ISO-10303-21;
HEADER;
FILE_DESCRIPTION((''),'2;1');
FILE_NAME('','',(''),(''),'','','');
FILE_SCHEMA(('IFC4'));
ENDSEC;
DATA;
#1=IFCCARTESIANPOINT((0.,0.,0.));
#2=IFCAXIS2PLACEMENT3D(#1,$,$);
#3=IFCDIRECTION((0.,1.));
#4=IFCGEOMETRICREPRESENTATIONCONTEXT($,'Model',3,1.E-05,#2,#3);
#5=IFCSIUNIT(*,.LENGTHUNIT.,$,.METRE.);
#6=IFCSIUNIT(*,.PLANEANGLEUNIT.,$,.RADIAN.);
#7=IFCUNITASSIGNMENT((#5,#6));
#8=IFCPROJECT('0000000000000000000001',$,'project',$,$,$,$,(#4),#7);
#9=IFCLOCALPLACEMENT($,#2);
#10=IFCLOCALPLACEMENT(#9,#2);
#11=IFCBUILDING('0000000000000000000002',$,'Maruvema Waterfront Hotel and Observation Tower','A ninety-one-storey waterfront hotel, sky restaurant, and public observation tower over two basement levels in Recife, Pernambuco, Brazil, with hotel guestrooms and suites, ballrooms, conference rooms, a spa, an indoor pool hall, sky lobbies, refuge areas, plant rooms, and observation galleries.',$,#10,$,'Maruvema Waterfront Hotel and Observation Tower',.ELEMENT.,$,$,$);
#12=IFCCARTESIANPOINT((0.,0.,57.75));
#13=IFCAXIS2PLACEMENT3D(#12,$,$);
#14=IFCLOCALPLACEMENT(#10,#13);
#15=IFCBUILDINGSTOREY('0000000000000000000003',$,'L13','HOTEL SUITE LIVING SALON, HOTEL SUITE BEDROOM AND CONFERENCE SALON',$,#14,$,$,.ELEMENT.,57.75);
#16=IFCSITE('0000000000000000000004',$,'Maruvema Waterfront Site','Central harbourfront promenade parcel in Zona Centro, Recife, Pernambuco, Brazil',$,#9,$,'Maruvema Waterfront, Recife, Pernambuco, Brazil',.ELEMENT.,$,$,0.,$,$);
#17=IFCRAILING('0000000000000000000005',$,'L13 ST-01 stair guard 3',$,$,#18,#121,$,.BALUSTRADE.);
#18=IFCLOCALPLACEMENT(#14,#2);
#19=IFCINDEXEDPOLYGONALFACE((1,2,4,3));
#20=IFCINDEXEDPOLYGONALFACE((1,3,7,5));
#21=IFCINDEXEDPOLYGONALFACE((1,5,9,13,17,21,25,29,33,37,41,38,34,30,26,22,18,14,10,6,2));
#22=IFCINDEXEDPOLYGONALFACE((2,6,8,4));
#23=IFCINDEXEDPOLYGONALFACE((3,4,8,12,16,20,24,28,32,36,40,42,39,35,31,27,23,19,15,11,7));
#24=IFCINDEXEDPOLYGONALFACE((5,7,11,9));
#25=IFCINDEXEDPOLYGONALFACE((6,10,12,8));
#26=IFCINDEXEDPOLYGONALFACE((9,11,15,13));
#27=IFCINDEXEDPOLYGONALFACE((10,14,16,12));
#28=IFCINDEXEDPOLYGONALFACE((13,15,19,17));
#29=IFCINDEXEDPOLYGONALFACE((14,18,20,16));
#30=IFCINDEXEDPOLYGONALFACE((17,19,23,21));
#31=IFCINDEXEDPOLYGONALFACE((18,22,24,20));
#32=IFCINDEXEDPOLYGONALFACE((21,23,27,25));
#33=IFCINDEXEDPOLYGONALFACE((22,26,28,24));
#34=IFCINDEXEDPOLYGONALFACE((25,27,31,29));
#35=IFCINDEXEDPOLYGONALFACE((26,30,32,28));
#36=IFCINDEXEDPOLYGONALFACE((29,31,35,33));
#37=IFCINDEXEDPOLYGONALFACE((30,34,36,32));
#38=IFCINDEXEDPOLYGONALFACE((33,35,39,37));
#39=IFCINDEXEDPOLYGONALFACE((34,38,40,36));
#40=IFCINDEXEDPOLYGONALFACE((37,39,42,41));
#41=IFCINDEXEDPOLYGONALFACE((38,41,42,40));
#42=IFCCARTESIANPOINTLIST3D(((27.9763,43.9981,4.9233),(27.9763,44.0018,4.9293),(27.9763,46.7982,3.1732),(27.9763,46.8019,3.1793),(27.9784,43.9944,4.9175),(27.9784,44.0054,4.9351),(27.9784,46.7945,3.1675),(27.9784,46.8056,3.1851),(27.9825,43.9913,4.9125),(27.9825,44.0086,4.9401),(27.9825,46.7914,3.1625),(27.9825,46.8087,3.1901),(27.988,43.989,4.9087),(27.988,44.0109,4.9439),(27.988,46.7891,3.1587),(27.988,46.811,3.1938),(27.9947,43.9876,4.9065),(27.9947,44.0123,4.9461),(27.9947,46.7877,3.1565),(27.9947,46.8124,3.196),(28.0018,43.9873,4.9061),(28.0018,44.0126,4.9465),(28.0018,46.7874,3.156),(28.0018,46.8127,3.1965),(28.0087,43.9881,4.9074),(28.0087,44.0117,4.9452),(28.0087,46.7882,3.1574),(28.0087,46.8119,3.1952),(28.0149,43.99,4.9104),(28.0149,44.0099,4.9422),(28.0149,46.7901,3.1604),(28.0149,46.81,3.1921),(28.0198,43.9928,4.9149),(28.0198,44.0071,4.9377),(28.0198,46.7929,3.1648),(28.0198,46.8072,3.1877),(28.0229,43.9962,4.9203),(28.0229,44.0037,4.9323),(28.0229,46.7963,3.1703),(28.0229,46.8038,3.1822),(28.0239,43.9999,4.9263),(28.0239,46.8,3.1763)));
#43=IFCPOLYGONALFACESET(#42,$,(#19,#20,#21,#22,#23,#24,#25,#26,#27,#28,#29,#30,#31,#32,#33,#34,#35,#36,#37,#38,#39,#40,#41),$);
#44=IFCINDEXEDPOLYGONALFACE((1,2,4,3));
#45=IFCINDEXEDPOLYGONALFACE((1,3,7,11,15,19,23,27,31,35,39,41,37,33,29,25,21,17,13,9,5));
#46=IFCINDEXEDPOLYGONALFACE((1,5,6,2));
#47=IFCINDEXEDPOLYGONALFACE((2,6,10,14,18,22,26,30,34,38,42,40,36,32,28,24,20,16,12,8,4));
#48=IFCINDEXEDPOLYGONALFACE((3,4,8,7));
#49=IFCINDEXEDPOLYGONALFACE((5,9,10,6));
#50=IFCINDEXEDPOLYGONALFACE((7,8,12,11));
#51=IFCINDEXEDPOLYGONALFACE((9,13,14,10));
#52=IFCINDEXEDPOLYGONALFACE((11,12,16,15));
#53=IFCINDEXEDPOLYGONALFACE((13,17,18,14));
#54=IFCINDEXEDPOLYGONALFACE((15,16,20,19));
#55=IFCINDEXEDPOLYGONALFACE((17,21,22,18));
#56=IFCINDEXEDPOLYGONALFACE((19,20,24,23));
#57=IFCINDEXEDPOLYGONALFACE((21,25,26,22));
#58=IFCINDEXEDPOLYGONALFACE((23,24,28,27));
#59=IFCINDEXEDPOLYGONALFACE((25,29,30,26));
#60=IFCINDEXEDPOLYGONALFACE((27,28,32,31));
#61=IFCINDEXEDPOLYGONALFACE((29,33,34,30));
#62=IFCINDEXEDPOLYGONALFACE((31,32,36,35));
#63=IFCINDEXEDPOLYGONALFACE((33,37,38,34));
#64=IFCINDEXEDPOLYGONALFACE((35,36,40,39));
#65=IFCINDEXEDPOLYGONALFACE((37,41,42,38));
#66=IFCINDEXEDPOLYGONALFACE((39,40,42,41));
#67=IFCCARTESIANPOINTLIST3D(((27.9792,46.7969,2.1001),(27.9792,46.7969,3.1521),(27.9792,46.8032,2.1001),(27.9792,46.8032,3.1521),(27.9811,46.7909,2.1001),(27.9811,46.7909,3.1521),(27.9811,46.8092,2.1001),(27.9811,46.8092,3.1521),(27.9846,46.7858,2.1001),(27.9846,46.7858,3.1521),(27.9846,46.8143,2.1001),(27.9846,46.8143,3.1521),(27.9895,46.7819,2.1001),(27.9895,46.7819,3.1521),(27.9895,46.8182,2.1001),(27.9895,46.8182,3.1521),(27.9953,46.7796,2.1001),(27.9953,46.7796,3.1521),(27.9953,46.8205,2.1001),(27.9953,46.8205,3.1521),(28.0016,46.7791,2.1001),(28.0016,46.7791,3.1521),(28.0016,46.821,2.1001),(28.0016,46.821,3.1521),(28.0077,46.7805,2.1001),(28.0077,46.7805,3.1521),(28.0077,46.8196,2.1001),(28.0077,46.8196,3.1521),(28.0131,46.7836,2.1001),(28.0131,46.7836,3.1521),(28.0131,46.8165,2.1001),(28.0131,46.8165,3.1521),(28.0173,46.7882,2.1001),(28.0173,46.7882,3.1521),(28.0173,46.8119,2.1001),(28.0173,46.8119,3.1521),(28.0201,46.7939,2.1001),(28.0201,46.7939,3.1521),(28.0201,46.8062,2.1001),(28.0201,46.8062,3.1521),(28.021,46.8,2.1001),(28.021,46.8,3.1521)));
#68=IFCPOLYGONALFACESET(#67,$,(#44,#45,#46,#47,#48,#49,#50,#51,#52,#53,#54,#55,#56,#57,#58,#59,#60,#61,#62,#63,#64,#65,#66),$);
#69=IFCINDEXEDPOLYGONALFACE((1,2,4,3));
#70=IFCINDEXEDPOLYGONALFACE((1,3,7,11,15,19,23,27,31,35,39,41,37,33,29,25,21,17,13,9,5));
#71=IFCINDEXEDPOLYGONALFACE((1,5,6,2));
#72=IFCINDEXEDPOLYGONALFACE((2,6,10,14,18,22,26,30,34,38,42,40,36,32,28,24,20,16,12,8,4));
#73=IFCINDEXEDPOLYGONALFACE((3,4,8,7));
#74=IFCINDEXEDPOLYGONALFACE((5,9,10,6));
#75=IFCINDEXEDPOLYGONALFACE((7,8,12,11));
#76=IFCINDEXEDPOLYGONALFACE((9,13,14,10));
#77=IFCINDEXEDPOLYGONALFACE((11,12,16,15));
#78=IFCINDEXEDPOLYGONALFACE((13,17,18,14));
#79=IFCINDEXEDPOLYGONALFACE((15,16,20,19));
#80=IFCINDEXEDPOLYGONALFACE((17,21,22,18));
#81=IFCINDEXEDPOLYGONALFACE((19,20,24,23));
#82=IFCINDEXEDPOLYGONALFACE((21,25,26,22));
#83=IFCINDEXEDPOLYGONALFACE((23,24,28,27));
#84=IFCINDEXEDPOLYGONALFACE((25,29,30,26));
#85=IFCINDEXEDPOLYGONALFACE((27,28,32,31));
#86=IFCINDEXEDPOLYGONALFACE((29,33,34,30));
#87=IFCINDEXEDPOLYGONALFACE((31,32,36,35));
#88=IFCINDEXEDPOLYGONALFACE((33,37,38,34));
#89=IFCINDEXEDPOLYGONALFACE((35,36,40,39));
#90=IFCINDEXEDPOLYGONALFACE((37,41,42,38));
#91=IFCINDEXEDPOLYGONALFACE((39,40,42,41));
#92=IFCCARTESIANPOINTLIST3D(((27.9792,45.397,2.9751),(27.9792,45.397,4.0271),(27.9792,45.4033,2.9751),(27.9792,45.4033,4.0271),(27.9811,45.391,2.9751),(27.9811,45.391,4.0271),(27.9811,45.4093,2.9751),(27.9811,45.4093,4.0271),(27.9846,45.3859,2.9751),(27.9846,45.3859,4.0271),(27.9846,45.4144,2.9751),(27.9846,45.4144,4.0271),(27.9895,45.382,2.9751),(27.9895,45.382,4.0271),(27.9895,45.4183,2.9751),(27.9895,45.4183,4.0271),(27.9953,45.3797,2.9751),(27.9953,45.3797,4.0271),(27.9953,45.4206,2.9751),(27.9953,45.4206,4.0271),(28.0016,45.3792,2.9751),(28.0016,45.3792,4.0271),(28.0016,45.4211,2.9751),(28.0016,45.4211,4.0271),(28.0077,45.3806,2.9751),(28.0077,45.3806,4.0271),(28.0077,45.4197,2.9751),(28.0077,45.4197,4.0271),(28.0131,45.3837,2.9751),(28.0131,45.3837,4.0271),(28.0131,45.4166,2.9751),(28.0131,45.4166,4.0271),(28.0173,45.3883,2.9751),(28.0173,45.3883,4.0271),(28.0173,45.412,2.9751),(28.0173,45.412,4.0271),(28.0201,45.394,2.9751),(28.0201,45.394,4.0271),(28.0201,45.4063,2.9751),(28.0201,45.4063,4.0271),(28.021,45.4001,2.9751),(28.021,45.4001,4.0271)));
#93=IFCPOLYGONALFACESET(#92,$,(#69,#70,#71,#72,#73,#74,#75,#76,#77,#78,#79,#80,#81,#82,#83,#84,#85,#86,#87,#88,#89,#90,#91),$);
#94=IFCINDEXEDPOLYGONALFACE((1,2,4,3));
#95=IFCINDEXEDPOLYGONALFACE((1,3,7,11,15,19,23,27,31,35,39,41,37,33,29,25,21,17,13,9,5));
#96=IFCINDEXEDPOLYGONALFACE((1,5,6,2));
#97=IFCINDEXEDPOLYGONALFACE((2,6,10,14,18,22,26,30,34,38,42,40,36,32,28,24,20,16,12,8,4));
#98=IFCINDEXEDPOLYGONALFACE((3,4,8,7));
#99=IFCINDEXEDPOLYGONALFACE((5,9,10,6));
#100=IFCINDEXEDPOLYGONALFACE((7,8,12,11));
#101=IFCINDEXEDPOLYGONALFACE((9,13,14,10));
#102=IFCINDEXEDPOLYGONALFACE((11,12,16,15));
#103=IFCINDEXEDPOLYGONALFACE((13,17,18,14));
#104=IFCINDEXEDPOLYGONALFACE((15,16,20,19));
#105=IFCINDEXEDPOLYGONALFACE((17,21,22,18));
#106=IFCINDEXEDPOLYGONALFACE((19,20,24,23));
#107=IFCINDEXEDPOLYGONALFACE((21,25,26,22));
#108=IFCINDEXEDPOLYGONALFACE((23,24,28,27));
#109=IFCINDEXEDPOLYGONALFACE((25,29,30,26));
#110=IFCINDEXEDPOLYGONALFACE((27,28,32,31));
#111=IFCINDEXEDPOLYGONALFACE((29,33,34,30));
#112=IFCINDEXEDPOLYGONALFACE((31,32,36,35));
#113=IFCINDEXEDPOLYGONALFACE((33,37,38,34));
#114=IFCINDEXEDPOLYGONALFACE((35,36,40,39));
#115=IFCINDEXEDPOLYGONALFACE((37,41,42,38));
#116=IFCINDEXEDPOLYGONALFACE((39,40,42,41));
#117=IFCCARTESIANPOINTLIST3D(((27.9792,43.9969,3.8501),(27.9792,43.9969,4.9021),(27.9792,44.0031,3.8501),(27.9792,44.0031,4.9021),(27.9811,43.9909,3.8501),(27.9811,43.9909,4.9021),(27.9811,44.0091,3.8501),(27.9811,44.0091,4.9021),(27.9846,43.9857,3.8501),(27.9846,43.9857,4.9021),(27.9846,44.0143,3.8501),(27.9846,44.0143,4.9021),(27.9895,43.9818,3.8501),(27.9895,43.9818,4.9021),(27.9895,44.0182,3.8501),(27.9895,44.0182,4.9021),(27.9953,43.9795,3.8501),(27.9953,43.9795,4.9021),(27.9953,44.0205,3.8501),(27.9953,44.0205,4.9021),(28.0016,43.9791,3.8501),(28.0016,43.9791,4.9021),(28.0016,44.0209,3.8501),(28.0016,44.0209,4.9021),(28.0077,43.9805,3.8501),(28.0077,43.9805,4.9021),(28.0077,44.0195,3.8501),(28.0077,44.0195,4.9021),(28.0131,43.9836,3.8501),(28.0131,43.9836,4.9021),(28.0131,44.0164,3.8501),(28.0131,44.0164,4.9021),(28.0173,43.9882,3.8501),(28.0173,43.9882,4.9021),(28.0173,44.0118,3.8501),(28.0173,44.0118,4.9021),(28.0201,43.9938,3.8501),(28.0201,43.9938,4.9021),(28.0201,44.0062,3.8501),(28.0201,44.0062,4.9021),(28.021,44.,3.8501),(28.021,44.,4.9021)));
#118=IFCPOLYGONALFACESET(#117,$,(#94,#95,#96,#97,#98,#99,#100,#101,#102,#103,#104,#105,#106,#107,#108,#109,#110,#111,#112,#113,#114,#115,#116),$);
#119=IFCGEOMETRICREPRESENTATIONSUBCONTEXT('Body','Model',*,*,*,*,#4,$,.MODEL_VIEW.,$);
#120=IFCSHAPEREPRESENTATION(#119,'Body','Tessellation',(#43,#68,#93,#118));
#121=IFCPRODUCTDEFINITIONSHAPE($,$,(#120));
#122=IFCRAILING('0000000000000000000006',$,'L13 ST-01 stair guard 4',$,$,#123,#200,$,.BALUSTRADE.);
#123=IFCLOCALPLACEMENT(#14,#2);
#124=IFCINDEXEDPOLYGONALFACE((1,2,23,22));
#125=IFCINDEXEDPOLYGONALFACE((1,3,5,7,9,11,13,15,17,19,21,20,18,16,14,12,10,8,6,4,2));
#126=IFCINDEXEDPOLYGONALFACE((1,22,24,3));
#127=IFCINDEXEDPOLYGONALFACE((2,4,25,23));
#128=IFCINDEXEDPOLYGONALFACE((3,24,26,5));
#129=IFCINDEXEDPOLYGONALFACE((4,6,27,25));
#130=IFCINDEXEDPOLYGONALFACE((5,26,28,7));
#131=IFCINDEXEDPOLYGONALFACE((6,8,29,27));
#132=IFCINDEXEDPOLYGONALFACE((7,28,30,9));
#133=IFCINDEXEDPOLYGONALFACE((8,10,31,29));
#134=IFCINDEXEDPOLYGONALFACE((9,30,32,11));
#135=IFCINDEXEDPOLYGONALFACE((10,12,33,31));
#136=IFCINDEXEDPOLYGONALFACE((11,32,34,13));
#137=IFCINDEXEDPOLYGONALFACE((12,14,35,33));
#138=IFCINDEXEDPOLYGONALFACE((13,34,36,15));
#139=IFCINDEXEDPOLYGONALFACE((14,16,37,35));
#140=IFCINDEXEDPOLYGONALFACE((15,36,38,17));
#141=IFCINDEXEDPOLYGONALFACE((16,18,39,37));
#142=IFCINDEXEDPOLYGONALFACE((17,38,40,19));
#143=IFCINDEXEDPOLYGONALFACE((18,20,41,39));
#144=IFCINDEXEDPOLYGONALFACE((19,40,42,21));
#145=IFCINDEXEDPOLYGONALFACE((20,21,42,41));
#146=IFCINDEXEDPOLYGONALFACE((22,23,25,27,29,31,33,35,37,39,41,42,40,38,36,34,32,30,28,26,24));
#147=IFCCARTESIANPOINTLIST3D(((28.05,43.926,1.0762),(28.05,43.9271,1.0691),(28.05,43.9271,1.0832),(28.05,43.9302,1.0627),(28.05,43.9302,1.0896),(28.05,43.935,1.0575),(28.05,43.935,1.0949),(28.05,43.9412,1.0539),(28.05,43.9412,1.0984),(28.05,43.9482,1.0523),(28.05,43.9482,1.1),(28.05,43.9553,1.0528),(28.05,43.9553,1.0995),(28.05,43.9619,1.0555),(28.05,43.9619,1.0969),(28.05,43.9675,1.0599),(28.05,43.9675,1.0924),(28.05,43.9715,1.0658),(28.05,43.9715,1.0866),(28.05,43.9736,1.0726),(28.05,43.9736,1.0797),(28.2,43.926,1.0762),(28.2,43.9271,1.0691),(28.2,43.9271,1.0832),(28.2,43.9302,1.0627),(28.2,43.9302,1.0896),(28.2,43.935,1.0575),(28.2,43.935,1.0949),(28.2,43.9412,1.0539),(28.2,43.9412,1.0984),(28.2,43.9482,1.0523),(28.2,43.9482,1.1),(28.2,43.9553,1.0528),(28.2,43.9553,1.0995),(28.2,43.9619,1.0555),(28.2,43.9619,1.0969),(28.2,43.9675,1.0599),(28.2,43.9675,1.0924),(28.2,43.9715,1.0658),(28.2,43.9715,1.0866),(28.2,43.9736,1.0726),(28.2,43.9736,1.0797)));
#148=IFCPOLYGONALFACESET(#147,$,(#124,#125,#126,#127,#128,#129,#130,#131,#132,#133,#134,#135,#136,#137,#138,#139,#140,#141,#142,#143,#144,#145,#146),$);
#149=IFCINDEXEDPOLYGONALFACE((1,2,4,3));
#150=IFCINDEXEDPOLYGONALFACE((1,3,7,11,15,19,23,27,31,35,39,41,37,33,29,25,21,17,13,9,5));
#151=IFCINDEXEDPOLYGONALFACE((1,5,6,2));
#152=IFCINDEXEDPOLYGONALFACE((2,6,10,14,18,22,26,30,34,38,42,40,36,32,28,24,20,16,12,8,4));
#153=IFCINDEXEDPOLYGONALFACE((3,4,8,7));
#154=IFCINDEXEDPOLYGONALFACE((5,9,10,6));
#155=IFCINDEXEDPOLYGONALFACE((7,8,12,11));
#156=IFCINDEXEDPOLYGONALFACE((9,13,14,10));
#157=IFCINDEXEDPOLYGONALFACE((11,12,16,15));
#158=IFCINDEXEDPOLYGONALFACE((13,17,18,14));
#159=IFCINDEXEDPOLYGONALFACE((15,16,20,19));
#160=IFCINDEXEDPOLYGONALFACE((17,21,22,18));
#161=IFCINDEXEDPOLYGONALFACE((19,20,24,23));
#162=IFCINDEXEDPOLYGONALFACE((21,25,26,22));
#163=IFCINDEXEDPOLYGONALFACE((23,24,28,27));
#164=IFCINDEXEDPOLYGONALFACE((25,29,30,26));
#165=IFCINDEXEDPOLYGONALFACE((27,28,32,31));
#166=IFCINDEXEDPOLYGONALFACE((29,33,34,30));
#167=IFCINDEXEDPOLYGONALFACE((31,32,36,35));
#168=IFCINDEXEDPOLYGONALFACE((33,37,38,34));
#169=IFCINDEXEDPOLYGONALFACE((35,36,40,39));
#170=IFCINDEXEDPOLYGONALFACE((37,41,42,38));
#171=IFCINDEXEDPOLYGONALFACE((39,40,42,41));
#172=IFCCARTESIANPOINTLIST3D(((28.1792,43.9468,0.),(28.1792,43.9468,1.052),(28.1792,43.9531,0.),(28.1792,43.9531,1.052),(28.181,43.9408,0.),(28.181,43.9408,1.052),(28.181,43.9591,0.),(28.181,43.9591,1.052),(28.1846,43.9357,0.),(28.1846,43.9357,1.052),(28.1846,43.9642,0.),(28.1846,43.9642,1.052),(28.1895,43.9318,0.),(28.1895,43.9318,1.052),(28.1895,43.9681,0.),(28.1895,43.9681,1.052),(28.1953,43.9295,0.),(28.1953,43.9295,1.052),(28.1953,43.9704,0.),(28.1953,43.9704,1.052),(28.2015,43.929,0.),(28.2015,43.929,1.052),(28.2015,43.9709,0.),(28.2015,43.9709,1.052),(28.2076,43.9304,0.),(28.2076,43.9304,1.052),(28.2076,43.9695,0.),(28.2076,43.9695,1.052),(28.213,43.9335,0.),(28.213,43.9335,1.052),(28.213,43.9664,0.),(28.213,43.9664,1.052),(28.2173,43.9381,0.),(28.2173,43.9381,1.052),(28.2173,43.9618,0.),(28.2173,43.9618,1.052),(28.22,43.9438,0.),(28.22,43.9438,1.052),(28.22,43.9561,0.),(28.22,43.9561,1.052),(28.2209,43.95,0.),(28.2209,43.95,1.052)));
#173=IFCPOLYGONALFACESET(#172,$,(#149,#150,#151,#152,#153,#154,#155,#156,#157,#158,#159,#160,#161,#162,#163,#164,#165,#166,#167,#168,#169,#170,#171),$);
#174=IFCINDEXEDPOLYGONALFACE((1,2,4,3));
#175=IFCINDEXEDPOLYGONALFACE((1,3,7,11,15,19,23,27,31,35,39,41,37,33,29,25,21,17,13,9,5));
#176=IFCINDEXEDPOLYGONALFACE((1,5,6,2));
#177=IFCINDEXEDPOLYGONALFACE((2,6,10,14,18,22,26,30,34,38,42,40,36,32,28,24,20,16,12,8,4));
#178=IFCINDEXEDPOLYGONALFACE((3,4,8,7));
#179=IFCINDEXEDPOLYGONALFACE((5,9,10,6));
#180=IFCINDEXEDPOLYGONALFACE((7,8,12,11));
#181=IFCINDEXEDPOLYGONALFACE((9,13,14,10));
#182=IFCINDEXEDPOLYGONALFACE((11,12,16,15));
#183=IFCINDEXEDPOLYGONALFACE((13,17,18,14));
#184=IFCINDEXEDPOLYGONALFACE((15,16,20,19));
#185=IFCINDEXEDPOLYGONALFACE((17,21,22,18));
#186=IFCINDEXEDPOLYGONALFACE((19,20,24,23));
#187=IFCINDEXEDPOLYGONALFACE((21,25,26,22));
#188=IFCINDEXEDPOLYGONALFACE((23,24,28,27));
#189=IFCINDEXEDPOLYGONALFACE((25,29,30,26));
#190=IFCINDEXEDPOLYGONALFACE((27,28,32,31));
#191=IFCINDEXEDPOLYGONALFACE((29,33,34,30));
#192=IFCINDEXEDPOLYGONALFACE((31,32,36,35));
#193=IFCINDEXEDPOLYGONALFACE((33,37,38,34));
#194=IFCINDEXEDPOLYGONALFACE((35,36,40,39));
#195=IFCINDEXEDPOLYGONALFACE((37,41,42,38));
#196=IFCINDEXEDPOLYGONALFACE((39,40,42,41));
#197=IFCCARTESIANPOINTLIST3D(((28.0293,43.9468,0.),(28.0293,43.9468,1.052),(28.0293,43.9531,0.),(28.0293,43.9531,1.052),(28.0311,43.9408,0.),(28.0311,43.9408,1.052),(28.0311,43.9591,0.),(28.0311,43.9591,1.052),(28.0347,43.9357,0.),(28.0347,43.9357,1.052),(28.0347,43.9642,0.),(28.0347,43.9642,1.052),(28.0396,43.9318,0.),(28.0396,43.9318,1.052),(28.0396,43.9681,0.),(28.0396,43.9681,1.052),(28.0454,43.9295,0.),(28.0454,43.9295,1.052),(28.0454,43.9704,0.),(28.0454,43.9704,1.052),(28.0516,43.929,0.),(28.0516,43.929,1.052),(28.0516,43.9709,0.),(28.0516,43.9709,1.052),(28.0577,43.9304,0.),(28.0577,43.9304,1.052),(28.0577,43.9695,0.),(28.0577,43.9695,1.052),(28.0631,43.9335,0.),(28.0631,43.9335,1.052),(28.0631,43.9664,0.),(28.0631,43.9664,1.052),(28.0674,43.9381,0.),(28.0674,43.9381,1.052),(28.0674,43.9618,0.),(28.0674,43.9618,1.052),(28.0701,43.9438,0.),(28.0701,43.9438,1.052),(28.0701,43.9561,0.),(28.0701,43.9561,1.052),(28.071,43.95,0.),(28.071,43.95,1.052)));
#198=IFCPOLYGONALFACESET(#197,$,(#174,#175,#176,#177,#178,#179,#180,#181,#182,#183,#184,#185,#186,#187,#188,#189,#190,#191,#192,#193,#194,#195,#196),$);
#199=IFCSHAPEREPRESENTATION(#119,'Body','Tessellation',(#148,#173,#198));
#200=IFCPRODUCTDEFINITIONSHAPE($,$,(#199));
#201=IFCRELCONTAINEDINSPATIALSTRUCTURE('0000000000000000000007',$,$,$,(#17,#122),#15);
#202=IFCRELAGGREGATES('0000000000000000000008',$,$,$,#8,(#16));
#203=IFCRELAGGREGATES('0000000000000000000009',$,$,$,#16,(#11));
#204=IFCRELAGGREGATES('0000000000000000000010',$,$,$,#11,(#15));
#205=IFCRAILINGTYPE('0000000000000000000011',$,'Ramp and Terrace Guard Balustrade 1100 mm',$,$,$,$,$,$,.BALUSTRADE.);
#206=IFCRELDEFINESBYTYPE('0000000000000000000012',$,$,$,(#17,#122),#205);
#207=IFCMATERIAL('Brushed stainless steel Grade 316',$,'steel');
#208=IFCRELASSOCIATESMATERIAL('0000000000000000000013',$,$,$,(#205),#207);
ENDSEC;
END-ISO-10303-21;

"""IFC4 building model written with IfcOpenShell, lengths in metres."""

from ifc_helpers import new_model, si_unit, direction, frame, origin, origin_2d, place, context, subcontext, project, spatial, circle, extrude, material, type_object, element, save


model = new_model("IFC4")

# Units and contexts
model_context = context("Model", 3, precision=1e-05, world=origin(), true_north=direction((0.0, 1.0)))
body_context = subcontext(model_context, "Body", "Model", "MODEL_VIEW")
ifc_project = project(units=[si_unit("LENGTHUNIT", "METRE"), si_unit("PLANEANGLEUNIT", "RADIAN")], contexts=[model_context])

# Site, building, storey
site_placement = place(None, origin())
site = spatial("IfcSite", under=ifc_project, at=site_placement, Name="Maruvema Waterfront Site", Description="Central harbourfront promenade parcel in Zona Centro, Recife, Pernambuco, Brazil", LongName="Maruvema Waterfront, Recife, Pernambuco, Brazil", CompositionType="ELEMENT", RefElevation=0.0)
building_placement = place(site_placement, origin())
building = spatial("IfcBuilding", under=site, at=building_placement, Name="Maruvema Waterfront Hotel and Observation Tower", Description="A ninety-one-storey waterfront hotel, sky restaurant, and public observation tower over two basement levels in Recife, Pernambuco, Brazil, with hotel guestrooms and suites, ballrooms, conference rooms, a spa, an indoor pool hall, sky lobbies, refuge areas, plant rooms, and observation galleries.", LongName="Maruvema Waterfront Hotel and Observation Tower", CompositionType="ELEMENT")
storey_placement = place(building_placement, frame((0.0, 0.0, 57.75)))
storey = spatial("IfcBuildingStorey", under=building, at=storey_placement, Name="L13", Description="HOTEL SUITE LIVING SALON, HOTEL SUITE BEDROOM AND CONFERENCE SALON", CompositionType="ELEMENT", Elevation=57.75)

# Railings
ifc_material_1 = material(Name="Brushed stainless steel Grade 316", Category="steel")
railing_type_1 = type_object("IfcRailingType", Name="Ramp and Terrace Guard Balustrade 1100 mm", PredefinedType="BALUSTRADE", material=ifc_material_1)
railing_1_placement = place(storey_placement, frame((28.0, 46.8, 2.1001)))
element("IfcRailing", 1, at=railing_1_placement, inside=storey, type_object=railing_type_1, Name="L13 ST-01 stair guard 3", PredefinedType="BALUSTRADE", context=body_context, shape_type="SweptSolid", body=[
    extrude(circle(Radius=0.0239, at=origin_2d()), frame((0.0, 0.0, 1.0762), z_axis=(0.0, -0.848002, 0.529992), x_axis=(1.0, 0.0, 0.0)), (0.0, 0.0, 1.0), 3.302),
    extrude(circle(Radius=0.021, at=origin_2d()), origin(), (0.0, 0.0, 1.0), 1.052),
    extrude(circle(Radius=0.021, at=origin_2d()), frame((0.0, -1.3999, 0.875)), (0.0, 0.0, 1.0), 1.052),
    extrude(circle(Radius=0.021, at=origin_2d()), frame((0.0, -2.8, 1.75)), (0.0, 0.0, 1.0), 1.052),
])
railing_2_placement = place(storey_placement, frame((28.2, 43.95, 0.0)))
element("IfcRailing", 2, at=railing_2_placement, inside=storey, type_object=railing_type_1, Name="L13 ST-01 stair guard 4", PredefinedType="BALUSTRADE", context=body_context, shape_type="SweptSolid", body=[
    extrude(circle(Radius=0.0239, at=origin_2d()), frame((0.0, 0.0, 1.0762), z_axis=(-1.0, 0.0, 0.0), x_axis=(0.0, -1.0, 0.0)), (0.0, 0.0, 1.0), 0.1499),
    extrude(circle(Radius=0.021, at=origin_2d()), origin(), (0.0, 0.0, 1.0), 1.052),
    extrude(circle(Radius=0.021, at=origin_2d()), frame((-0.1499, 0.0, 0.0)), (0.0, 0.0, 1.0), 1.052),
])

save(model, "model.ifc")
